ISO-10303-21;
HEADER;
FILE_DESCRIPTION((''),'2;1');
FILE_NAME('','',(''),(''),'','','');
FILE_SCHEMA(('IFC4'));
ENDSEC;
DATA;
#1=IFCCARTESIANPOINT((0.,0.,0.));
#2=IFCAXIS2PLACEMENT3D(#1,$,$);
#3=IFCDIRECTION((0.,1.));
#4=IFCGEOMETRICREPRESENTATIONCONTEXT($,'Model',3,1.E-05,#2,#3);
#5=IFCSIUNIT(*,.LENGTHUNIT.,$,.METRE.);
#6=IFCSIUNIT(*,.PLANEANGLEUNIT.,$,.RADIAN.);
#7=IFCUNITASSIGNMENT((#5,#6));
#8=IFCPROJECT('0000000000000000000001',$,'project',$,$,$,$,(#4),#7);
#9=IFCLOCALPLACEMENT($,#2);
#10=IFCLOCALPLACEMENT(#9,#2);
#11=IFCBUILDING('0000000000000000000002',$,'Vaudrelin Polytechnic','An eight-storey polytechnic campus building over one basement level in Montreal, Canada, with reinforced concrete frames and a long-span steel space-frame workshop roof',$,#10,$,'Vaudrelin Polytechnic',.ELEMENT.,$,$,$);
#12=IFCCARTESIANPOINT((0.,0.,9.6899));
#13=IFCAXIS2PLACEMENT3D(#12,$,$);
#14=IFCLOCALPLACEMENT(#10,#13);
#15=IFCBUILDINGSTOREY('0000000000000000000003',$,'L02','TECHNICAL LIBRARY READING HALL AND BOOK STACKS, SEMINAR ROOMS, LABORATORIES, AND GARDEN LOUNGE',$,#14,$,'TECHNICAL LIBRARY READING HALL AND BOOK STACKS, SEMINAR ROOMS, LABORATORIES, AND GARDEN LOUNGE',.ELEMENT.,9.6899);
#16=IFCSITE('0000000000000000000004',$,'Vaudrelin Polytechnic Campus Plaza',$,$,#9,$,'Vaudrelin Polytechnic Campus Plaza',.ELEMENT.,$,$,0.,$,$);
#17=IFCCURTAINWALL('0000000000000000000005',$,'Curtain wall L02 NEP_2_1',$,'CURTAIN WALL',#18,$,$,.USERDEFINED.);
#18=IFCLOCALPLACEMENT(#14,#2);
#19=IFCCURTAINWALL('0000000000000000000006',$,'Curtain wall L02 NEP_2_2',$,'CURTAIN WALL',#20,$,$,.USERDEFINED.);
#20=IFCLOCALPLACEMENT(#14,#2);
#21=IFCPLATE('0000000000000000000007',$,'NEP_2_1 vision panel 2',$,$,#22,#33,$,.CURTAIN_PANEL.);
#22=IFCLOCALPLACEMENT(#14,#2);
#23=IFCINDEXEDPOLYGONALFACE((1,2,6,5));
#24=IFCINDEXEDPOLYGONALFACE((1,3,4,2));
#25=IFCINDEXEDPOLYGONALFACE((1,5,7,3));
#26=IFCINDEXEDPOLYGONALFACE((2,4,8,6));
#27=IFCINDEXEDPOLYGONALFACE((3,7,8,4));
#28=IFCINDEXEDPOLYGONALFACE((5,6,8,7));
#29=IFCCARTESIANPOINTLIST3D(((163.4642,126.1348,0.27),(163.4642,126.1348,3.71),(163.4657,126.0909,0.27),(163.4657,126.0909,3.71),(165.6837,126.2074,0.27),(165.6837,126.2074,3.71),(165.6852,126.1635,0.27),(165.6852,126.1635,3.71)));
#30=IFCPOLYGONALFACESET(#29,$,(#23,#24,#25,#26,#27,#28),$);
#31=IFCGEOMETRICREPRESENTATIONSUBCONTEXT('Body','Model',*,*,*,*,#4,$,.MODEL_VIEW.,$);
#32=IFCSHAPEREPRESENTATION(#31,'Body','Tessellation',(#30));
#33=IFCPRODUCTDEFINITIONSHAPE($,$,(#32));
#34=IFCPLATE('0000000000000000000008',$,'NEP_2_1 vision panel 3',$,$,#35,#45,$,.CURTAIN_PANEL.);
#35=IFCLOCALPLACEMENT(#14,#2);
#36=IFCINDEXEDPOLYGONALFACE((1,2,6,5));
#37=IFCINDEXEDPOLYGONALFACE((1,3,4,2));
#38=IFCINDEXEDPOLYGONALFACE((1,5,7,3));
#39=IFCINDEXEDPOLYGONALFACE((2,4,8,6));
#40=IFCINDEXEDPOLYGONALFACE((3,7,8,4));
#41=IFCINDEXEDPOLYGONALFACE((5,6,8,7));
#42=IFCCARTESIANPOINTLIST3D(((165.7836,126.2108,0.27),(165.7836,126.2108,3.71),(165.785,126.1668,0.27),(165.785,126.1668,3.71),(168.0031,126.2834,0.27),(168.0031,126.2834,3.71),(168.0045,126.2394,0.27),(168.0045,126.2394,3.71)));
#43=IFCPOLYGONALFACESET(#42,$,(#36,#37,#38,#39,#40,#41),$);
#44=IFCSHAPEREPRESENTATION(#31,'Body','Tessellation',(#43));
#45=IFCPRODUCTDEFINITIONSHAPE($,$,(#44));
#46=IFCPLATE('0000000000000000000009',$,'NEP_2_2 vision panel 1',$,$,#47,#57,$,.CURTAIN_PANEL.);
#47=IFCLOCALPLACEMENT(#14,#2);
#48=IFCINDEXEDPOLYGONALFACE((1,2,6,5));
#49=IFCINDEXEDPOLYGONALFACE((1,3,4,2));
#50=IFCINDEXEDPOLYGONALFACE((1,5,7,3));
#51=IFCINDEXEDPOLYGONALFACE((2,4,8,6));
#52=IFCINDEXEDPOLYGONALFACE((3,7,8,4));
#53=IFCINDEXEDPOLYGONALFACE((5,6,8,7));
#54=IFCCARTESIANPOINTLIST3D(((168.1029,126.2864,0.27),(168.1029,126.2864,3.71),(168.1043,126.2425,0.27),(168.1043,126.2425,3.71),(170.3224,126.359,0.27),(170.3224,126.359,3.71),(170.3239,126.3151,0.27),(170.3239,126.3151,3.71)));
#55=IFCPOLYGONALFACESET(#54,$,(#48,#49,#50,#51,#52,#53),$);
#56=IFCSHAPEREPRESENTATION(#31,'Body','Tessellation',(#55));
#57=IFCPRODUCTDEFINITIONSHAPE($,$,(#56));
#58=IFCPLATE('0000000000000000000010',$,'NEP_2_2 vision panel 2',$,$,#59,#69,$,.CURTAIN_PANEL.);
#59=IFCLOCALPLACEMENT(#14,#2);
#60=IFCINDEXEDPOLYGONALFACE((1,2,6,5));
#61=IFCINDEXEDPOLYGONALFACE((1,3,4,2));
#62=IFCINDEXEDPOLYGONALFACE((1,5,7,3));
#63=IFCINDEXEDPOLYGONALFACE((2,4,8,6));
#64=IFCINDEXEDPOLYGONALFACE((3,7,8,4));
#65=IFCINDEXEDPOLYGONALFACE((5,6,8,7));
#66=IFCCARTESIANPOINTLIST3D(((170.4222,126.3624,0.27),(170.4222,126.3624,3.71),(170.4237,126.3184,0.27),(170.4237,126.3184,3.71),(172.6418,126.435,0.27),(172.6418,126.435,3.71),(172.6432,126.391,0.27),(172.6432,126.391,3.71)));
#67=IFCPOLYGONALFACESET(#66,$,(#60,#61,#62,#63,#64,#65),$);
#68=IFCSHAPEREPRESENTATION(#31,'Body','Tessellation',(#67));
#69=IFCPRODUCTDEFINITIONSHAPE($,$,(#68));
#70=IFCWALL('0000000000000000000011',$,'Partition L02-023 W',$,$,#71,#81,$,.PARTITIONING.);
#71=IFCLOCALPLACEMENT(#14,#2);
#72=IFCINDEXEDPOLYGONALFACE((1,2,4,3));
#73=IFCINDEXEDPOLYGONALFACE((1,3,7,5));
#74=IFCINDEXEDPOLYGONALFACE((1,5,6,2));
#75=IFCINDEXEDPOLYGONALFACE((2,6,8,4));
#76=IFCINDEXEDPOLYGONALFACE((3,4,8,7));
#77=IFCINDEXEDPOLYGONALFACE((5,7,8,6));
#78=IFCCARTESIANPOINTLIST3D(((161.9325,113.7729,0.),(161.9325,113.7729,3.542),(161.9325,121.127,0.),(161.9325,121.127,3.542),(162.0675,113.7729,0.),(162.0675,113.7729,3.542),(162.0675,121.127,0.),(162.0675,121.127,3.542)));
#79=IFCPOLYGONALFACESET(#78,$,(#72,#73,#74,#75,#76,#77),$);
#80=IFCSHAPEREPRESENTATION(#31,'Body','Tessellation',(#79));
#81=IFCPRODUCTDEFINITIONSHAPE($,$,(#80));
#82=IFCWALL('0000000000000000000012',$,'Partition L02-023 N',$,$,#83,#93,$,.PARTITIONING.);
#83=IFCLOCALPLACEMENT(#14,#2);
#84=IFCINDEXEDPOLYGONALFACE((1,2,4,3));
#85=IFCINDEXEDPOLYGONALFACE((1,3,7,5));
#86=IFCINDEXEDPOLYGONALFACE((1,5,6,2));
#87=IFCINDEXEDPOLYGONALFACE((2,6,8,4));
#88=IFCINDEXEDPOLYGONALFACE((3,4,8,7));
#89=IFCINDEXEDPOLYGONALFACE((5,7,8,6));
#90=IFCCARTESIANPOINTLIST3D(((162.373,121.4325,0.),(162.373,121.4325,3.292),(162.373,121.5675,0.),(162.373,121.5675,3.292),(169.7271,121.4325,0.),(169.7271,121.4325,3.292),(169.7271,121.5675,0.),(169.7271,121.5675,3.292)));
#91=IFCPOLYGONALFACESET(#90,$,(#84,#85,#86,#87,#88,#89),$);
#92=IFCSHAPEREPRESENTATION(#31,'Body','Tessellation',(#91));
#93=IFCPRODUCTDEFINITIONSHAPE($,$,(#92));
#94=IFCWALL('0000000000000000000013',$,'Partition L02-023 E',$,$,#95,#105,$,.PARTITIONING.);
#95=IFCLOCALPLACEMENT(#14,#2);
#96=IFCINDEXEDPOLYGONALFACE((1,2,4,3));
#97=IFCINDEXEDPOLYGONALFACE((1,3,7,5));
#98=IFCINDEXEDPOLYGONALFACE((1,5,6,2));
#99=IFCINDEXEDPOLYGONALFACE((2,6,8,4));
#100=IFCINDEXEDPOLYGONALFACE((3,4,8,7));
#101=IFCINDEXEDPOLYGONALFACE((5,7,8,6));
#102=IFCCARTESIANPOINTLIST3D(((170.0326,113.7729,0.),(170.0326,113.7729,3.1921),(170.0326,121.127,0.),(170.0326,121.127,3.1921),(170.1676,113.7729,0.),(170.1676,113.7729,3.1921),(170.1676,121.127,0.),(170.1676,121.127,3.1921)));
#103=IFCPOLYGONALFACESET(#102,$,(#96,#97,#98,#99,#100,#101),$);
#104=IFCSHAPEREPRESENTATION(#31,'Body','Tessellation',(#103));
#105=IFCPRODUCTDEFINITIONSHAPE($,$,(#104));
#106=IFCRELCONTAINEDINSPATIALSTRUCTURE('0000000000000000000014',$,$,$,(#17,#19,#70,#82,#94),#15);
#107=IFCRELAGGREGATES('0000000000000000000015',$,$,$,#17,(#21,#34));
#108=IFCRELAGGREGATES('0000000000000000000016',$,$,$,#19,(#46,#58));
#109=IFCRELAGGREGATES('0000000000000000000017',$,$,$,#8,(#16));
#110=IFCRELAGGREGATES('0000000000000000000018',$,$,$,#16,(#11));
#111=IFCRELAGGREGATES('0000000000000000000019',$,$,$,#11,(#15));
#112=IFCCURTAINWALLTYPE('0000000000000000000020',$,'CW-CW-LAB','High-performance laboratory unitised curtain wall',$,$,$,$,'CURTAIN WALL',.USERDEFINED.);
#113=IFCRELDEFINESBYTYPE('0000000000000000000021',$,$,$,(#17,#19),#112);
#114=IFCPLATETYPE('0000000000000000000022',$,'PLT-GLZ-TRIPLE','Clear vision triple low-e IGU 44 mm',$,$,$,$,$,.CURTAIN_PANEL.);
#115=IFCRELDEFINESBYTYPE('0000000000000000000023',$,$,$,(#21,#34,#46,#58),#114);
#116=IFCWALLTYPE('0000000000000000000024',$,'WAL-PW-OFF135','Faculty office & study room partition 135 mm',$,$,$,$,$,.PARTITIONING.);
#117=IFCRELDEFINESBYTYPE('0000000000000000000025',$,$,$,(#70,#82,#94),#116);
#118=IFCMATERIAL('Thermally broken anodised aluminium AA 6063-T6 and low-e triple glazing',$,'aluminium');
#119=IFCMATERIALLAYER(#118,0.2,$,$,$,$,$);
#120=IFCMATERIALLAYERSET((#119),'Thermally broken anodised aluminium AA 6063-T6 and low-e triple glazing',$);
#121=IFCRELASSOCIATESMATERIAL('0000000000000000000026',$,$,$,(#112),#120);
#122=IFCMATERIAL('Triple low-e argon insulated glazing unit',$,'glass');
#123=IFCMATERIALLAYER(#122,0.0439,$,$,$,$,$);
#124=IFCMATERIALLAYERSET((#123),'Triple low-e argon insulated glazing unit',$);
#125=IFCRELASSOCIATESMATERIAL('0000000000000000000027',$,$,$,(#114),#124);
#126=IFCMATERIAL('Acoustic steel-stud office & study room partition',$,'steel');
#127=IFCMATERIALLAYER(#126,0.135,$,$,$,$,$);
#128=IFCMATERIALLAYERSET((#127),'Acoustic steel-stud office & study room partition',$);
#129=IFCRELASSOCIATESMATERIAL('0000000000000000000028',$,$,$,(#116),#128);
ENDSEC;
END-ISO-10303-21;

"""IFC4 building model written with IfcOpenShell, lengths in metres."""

from ifc_helpers import new_model, si_unit, direction, frame, frame_2d, origin, origin_2d, place, context, subcontext, project, spatial, rectangle, extrude, material, layer, layer_set, type_object, element, aggregate, save


model = new_model("IFC4")

# Units and contexts
model_context = context("Model", 3, precision=1e-05, world=origin(), true_north=direction((0.0, 1.0)))
body_context = subcontext(model_context, "Body", "Model", "MODEL_VIEW")
ifc_project = project(units=[si_unit("LENGTHUNIT", "METRE"), si_unit("PLANEANGLEUNIT", "RADIAN")], contexts=[model_context])

# Site, building, storey
site_placement = place(None, origin())
site = spatial("IfcSite", under=ifc_project, at=site_placement, Name="Vaudrelin Polytechnic Campus Plaza", LongName="Vaudrelin Polytechnic Campus Plaza", CompositionType="ELEMENT", RefElevation=0.0)
building_placement = place(site_placement, origin())
building = spatial("IfcBuilding", under=site, at=building_placement, Name="Vaudrelin Polytechnic", Description="An eight-storey polytechnic campus building over one basement level in Montreal, Canada, with reinforced concrete frames and a long-span steel space-frame workshop roof", LongName="Vaudrelin Polytechnic", CompositionType="ELEMENT")
storey_placement = place(building_placement, frame((0.0, 0.0, 9.6899)))
storey = spatial("IfcBuildingStorey", under=building, at=storey_placement, Name="L02", Description="TECHNICAL LIBRARY READING HALL AND BOOK STACKS, SEMINAR ROOMS, LABORATORIES, AND GARDEN LOUNGE", LongName="TECHNICAL LIBRARY READING HALL AND BOOK STACKS, SEMINAR ROOMS, LABORATORIES, AND GARDEN LOUNGE", CompositionType="ELEMENT", Elevation=9.6899)

# Curtain walls
ifc_material_1 = material(Name="Thermally broken anodised aluminium AA 6063-T6 and low-e triple glazing", Category="aluminium")
ifc_layer_1 = layer(ifc_material_1, 0.2)
ifc_layer_set_1 = layer_set([ifc_layer_1], Name="Thermally broken anodised aluminium AA 6063-T6 and low-e triple glazing")
curtain_wall_type = type_object("IfcCurtainWallType", Name="CW-CW-LAB", Description="High-performance laboratory unitised curtain wall", ElementType="CURTAIN WALL", PredefinedType="USERDEFINED", material=ifc_layer_set_1)
curtain_wall_1_placement = place(storey_placement, origin())
curtain_wall_1 = element("IfcCurtainWall", 1, at=curtain_wall_1_placement, inside=storey, type_object=curtain_wall_type, Name="Curtain wall L02 NEP_2_1", ObjectType="CURTAIN WALL", PredefinedType="USERDEFINED")
curtain_wall_2_placement = place(storey_placement, origin())
curtain_wall_2 = element("IfcCurtainWall", 2, at=curtain_wall_2_placement, inside=storey, type_object=curtain_wall_type, Name="Curtain wall L02 NEP_2_2", ObjectType="CURTAIN WALL", PredefinedType="USERDEFINED")

# Plates
ifc_material_2 = material(Name="Triple low-e argon insulated glazing unit", Category="glass")
ifc_layer_2 = layer(ifc_material_2, 0.0439)
ifc_layer_set_2 = layer_set([ifc_layer_2], Name="Triple low-e argon insulated glazing unit")
plate_type_1 = type_object("IfcPlateType", Name="PLT-GLZ-TRIPLE", Description="Clear vision triple low-e IGU 44 mm", PredefinedType="CURTAIN_PANEL", material=ifc_layer_set_2)
plate_1_placement = place(storey_placement, frame((164.5747, 126.1492, 0.27), z_axis=(0.0, 0.0, 1.0), x_axis=(0.999465, 0.032693, 0.0)))
plate_1 = element("IfcPlate", 3, at=plate_1_placement, type_object=plate_type_1, Name="NEP_2_1 vision panel 2", PredefinedType="CURTAIN_PANEL", context=body_context, shape_type="SweptSolid", body=[
    extrude(rectangle(XDim=2.2207, YDim=0.0439, at=origin_2d()), origin(), (0.0, 0.0, 1.0), 3.4399),
])
plate_2_placement = place(storey_placement, frame((166.894, 126.2251, 0.27), z_axis=(0.0, 0.0, 1.0), x_axis=(0.999465, 0.032693, 0.0)))
plate_2 = element("IfcPlate", 4, at=plate_2_placement, type_object=plate_type_1, Name="NEP_2_1 vision panel 3", PredefinedType="CURTAIN_PANEL", context=body_context, shape_type="SweptSolid", body=[
    extrude(rectangle(XDim=2.2207, YDim=0.0439, at=origin_2d()), origin(), (0.0, 0.0, 1.0), 3.4399),
])
aggregate(curtain_wall_1, [plate_1, plate_2])
plate_3_placement = place(storey_placement, frame((169.2134, 126.3008, 0.27), z_axis=(0.0, 0.0, 1.0), x_axis=(0.999465, 0.032693, 0.0)))
plate_3 = element("IfcPlate", 5, at=plate_3_placement, type_object=plate_type_1, Name="NEP_2_2 vision panel 1", PredefinedType="CURTAIN_PANEL", context=body_context, shape_type="SweptSolid", body=[
    extrude(rectangle(XDim=2.2207, YDim=0.0439, at=origin_2d()), origin(), (0.0, 0.0, 1.0), 3.4399),
])
plate_4_placement = place(storey_placement, frame((171.5327, 126.3767, 0.27), z_axis=(0.0, 0.0, 1.0), x_axis=(0.999465, 0.032693, 0.0)))
plate_4 = element("IfcPlate", 6, at=plate_4_placement, type_object=plate_type_1, Name="NEP_2_2 vision panel 2", PredefinedType="CURTAIN_PANEL", context=body_context, shape_type="SweptSolid", body=[
    extrude(rectangle(XDim=2.2207, YDim=0.0439, at=origin_2d()), origin(), (0.0, 0.0, 1.0), 3.4399),
])
aggregate(curtain_wall_2, [plate_3, plate_4])

# Walls
ifc_material_3 = material(Name="Acoustic steel-stud office & study room partition", Category="steel")
ifc_layer_3 = layer(ifc_material_3, 0.135)
ifc_layer_set_3 = layer_set([ifc_layer_3], Name="Acoustic steel-stud office & study room partition")
wall_type = type_object("IfcWallType", Name="WAL-PW-OFF135", Description="Faculty office & study room partition 135 mm", PredefinedType="PARTITIONING", material=ifc_layer_set_3)
wall_1_placement = place(storey_placement, frame((162.0, 113.7729, 0.0), z_axis=(0.0, 0.0, 1.0), x_axis=(0.0, 1.0, 0.0)))
element("IfcWall", 7, at=wall_1_placement, inside=storey, type_object=wall_type, Name="Partition L02-023 W", PredefinedType="PARTITIONING", context=body_context, shape_type="SweptSolid", body=[
    extrude(rectangle(XDim=7.354, YDim=0.135, at=frame_2d((3.677, 0.0))), origin(), (0.0, 0.0, 1.0), 3.542),
])
wall_2_placement = place(storey_placement, frame((162.373, 121.5, 0.0), z_axis=(0.0, 0.0, 1.0), x_axis=(1.0, 0.0, 0.0)))
element("IfcWall", 8, at=wall_2_placement, inside=storey, type_object=wall_type, Name="Partition L02-023 N", PredefinedType="PARTITIONING", context=body_context, shape_type="SweptSolid", body=[
    extrude(rectangle(XDim=7.354, YDim=0.135, at=frame_2d((3.677, 0.0))), origin(), (0.0, 0.0, 1.0), 3.292),
])
wall_3_placement = place(storey_placement, frame((170.1001, 113.7729, 0.0), z_axis=(0.0, 0.0, 1.0), x_axis=(0.0, 1.0, 0.0)))
element("IfcWall", 9, at=wall_3_placement, inside=storey, type_object=wall_type, Name="Partition L02-023 E", PredefinedType="PARTITIONING", context=body_context, shape_type="SweptSolid", body=[
    extrude(rectangle(XDim=7.354, YDim=0.135, at=frame_2d((3.677, 0.0))), origin(), (0.0, 0.0, 1.0), 3.1921),
])

save(model, "model.ifc")
